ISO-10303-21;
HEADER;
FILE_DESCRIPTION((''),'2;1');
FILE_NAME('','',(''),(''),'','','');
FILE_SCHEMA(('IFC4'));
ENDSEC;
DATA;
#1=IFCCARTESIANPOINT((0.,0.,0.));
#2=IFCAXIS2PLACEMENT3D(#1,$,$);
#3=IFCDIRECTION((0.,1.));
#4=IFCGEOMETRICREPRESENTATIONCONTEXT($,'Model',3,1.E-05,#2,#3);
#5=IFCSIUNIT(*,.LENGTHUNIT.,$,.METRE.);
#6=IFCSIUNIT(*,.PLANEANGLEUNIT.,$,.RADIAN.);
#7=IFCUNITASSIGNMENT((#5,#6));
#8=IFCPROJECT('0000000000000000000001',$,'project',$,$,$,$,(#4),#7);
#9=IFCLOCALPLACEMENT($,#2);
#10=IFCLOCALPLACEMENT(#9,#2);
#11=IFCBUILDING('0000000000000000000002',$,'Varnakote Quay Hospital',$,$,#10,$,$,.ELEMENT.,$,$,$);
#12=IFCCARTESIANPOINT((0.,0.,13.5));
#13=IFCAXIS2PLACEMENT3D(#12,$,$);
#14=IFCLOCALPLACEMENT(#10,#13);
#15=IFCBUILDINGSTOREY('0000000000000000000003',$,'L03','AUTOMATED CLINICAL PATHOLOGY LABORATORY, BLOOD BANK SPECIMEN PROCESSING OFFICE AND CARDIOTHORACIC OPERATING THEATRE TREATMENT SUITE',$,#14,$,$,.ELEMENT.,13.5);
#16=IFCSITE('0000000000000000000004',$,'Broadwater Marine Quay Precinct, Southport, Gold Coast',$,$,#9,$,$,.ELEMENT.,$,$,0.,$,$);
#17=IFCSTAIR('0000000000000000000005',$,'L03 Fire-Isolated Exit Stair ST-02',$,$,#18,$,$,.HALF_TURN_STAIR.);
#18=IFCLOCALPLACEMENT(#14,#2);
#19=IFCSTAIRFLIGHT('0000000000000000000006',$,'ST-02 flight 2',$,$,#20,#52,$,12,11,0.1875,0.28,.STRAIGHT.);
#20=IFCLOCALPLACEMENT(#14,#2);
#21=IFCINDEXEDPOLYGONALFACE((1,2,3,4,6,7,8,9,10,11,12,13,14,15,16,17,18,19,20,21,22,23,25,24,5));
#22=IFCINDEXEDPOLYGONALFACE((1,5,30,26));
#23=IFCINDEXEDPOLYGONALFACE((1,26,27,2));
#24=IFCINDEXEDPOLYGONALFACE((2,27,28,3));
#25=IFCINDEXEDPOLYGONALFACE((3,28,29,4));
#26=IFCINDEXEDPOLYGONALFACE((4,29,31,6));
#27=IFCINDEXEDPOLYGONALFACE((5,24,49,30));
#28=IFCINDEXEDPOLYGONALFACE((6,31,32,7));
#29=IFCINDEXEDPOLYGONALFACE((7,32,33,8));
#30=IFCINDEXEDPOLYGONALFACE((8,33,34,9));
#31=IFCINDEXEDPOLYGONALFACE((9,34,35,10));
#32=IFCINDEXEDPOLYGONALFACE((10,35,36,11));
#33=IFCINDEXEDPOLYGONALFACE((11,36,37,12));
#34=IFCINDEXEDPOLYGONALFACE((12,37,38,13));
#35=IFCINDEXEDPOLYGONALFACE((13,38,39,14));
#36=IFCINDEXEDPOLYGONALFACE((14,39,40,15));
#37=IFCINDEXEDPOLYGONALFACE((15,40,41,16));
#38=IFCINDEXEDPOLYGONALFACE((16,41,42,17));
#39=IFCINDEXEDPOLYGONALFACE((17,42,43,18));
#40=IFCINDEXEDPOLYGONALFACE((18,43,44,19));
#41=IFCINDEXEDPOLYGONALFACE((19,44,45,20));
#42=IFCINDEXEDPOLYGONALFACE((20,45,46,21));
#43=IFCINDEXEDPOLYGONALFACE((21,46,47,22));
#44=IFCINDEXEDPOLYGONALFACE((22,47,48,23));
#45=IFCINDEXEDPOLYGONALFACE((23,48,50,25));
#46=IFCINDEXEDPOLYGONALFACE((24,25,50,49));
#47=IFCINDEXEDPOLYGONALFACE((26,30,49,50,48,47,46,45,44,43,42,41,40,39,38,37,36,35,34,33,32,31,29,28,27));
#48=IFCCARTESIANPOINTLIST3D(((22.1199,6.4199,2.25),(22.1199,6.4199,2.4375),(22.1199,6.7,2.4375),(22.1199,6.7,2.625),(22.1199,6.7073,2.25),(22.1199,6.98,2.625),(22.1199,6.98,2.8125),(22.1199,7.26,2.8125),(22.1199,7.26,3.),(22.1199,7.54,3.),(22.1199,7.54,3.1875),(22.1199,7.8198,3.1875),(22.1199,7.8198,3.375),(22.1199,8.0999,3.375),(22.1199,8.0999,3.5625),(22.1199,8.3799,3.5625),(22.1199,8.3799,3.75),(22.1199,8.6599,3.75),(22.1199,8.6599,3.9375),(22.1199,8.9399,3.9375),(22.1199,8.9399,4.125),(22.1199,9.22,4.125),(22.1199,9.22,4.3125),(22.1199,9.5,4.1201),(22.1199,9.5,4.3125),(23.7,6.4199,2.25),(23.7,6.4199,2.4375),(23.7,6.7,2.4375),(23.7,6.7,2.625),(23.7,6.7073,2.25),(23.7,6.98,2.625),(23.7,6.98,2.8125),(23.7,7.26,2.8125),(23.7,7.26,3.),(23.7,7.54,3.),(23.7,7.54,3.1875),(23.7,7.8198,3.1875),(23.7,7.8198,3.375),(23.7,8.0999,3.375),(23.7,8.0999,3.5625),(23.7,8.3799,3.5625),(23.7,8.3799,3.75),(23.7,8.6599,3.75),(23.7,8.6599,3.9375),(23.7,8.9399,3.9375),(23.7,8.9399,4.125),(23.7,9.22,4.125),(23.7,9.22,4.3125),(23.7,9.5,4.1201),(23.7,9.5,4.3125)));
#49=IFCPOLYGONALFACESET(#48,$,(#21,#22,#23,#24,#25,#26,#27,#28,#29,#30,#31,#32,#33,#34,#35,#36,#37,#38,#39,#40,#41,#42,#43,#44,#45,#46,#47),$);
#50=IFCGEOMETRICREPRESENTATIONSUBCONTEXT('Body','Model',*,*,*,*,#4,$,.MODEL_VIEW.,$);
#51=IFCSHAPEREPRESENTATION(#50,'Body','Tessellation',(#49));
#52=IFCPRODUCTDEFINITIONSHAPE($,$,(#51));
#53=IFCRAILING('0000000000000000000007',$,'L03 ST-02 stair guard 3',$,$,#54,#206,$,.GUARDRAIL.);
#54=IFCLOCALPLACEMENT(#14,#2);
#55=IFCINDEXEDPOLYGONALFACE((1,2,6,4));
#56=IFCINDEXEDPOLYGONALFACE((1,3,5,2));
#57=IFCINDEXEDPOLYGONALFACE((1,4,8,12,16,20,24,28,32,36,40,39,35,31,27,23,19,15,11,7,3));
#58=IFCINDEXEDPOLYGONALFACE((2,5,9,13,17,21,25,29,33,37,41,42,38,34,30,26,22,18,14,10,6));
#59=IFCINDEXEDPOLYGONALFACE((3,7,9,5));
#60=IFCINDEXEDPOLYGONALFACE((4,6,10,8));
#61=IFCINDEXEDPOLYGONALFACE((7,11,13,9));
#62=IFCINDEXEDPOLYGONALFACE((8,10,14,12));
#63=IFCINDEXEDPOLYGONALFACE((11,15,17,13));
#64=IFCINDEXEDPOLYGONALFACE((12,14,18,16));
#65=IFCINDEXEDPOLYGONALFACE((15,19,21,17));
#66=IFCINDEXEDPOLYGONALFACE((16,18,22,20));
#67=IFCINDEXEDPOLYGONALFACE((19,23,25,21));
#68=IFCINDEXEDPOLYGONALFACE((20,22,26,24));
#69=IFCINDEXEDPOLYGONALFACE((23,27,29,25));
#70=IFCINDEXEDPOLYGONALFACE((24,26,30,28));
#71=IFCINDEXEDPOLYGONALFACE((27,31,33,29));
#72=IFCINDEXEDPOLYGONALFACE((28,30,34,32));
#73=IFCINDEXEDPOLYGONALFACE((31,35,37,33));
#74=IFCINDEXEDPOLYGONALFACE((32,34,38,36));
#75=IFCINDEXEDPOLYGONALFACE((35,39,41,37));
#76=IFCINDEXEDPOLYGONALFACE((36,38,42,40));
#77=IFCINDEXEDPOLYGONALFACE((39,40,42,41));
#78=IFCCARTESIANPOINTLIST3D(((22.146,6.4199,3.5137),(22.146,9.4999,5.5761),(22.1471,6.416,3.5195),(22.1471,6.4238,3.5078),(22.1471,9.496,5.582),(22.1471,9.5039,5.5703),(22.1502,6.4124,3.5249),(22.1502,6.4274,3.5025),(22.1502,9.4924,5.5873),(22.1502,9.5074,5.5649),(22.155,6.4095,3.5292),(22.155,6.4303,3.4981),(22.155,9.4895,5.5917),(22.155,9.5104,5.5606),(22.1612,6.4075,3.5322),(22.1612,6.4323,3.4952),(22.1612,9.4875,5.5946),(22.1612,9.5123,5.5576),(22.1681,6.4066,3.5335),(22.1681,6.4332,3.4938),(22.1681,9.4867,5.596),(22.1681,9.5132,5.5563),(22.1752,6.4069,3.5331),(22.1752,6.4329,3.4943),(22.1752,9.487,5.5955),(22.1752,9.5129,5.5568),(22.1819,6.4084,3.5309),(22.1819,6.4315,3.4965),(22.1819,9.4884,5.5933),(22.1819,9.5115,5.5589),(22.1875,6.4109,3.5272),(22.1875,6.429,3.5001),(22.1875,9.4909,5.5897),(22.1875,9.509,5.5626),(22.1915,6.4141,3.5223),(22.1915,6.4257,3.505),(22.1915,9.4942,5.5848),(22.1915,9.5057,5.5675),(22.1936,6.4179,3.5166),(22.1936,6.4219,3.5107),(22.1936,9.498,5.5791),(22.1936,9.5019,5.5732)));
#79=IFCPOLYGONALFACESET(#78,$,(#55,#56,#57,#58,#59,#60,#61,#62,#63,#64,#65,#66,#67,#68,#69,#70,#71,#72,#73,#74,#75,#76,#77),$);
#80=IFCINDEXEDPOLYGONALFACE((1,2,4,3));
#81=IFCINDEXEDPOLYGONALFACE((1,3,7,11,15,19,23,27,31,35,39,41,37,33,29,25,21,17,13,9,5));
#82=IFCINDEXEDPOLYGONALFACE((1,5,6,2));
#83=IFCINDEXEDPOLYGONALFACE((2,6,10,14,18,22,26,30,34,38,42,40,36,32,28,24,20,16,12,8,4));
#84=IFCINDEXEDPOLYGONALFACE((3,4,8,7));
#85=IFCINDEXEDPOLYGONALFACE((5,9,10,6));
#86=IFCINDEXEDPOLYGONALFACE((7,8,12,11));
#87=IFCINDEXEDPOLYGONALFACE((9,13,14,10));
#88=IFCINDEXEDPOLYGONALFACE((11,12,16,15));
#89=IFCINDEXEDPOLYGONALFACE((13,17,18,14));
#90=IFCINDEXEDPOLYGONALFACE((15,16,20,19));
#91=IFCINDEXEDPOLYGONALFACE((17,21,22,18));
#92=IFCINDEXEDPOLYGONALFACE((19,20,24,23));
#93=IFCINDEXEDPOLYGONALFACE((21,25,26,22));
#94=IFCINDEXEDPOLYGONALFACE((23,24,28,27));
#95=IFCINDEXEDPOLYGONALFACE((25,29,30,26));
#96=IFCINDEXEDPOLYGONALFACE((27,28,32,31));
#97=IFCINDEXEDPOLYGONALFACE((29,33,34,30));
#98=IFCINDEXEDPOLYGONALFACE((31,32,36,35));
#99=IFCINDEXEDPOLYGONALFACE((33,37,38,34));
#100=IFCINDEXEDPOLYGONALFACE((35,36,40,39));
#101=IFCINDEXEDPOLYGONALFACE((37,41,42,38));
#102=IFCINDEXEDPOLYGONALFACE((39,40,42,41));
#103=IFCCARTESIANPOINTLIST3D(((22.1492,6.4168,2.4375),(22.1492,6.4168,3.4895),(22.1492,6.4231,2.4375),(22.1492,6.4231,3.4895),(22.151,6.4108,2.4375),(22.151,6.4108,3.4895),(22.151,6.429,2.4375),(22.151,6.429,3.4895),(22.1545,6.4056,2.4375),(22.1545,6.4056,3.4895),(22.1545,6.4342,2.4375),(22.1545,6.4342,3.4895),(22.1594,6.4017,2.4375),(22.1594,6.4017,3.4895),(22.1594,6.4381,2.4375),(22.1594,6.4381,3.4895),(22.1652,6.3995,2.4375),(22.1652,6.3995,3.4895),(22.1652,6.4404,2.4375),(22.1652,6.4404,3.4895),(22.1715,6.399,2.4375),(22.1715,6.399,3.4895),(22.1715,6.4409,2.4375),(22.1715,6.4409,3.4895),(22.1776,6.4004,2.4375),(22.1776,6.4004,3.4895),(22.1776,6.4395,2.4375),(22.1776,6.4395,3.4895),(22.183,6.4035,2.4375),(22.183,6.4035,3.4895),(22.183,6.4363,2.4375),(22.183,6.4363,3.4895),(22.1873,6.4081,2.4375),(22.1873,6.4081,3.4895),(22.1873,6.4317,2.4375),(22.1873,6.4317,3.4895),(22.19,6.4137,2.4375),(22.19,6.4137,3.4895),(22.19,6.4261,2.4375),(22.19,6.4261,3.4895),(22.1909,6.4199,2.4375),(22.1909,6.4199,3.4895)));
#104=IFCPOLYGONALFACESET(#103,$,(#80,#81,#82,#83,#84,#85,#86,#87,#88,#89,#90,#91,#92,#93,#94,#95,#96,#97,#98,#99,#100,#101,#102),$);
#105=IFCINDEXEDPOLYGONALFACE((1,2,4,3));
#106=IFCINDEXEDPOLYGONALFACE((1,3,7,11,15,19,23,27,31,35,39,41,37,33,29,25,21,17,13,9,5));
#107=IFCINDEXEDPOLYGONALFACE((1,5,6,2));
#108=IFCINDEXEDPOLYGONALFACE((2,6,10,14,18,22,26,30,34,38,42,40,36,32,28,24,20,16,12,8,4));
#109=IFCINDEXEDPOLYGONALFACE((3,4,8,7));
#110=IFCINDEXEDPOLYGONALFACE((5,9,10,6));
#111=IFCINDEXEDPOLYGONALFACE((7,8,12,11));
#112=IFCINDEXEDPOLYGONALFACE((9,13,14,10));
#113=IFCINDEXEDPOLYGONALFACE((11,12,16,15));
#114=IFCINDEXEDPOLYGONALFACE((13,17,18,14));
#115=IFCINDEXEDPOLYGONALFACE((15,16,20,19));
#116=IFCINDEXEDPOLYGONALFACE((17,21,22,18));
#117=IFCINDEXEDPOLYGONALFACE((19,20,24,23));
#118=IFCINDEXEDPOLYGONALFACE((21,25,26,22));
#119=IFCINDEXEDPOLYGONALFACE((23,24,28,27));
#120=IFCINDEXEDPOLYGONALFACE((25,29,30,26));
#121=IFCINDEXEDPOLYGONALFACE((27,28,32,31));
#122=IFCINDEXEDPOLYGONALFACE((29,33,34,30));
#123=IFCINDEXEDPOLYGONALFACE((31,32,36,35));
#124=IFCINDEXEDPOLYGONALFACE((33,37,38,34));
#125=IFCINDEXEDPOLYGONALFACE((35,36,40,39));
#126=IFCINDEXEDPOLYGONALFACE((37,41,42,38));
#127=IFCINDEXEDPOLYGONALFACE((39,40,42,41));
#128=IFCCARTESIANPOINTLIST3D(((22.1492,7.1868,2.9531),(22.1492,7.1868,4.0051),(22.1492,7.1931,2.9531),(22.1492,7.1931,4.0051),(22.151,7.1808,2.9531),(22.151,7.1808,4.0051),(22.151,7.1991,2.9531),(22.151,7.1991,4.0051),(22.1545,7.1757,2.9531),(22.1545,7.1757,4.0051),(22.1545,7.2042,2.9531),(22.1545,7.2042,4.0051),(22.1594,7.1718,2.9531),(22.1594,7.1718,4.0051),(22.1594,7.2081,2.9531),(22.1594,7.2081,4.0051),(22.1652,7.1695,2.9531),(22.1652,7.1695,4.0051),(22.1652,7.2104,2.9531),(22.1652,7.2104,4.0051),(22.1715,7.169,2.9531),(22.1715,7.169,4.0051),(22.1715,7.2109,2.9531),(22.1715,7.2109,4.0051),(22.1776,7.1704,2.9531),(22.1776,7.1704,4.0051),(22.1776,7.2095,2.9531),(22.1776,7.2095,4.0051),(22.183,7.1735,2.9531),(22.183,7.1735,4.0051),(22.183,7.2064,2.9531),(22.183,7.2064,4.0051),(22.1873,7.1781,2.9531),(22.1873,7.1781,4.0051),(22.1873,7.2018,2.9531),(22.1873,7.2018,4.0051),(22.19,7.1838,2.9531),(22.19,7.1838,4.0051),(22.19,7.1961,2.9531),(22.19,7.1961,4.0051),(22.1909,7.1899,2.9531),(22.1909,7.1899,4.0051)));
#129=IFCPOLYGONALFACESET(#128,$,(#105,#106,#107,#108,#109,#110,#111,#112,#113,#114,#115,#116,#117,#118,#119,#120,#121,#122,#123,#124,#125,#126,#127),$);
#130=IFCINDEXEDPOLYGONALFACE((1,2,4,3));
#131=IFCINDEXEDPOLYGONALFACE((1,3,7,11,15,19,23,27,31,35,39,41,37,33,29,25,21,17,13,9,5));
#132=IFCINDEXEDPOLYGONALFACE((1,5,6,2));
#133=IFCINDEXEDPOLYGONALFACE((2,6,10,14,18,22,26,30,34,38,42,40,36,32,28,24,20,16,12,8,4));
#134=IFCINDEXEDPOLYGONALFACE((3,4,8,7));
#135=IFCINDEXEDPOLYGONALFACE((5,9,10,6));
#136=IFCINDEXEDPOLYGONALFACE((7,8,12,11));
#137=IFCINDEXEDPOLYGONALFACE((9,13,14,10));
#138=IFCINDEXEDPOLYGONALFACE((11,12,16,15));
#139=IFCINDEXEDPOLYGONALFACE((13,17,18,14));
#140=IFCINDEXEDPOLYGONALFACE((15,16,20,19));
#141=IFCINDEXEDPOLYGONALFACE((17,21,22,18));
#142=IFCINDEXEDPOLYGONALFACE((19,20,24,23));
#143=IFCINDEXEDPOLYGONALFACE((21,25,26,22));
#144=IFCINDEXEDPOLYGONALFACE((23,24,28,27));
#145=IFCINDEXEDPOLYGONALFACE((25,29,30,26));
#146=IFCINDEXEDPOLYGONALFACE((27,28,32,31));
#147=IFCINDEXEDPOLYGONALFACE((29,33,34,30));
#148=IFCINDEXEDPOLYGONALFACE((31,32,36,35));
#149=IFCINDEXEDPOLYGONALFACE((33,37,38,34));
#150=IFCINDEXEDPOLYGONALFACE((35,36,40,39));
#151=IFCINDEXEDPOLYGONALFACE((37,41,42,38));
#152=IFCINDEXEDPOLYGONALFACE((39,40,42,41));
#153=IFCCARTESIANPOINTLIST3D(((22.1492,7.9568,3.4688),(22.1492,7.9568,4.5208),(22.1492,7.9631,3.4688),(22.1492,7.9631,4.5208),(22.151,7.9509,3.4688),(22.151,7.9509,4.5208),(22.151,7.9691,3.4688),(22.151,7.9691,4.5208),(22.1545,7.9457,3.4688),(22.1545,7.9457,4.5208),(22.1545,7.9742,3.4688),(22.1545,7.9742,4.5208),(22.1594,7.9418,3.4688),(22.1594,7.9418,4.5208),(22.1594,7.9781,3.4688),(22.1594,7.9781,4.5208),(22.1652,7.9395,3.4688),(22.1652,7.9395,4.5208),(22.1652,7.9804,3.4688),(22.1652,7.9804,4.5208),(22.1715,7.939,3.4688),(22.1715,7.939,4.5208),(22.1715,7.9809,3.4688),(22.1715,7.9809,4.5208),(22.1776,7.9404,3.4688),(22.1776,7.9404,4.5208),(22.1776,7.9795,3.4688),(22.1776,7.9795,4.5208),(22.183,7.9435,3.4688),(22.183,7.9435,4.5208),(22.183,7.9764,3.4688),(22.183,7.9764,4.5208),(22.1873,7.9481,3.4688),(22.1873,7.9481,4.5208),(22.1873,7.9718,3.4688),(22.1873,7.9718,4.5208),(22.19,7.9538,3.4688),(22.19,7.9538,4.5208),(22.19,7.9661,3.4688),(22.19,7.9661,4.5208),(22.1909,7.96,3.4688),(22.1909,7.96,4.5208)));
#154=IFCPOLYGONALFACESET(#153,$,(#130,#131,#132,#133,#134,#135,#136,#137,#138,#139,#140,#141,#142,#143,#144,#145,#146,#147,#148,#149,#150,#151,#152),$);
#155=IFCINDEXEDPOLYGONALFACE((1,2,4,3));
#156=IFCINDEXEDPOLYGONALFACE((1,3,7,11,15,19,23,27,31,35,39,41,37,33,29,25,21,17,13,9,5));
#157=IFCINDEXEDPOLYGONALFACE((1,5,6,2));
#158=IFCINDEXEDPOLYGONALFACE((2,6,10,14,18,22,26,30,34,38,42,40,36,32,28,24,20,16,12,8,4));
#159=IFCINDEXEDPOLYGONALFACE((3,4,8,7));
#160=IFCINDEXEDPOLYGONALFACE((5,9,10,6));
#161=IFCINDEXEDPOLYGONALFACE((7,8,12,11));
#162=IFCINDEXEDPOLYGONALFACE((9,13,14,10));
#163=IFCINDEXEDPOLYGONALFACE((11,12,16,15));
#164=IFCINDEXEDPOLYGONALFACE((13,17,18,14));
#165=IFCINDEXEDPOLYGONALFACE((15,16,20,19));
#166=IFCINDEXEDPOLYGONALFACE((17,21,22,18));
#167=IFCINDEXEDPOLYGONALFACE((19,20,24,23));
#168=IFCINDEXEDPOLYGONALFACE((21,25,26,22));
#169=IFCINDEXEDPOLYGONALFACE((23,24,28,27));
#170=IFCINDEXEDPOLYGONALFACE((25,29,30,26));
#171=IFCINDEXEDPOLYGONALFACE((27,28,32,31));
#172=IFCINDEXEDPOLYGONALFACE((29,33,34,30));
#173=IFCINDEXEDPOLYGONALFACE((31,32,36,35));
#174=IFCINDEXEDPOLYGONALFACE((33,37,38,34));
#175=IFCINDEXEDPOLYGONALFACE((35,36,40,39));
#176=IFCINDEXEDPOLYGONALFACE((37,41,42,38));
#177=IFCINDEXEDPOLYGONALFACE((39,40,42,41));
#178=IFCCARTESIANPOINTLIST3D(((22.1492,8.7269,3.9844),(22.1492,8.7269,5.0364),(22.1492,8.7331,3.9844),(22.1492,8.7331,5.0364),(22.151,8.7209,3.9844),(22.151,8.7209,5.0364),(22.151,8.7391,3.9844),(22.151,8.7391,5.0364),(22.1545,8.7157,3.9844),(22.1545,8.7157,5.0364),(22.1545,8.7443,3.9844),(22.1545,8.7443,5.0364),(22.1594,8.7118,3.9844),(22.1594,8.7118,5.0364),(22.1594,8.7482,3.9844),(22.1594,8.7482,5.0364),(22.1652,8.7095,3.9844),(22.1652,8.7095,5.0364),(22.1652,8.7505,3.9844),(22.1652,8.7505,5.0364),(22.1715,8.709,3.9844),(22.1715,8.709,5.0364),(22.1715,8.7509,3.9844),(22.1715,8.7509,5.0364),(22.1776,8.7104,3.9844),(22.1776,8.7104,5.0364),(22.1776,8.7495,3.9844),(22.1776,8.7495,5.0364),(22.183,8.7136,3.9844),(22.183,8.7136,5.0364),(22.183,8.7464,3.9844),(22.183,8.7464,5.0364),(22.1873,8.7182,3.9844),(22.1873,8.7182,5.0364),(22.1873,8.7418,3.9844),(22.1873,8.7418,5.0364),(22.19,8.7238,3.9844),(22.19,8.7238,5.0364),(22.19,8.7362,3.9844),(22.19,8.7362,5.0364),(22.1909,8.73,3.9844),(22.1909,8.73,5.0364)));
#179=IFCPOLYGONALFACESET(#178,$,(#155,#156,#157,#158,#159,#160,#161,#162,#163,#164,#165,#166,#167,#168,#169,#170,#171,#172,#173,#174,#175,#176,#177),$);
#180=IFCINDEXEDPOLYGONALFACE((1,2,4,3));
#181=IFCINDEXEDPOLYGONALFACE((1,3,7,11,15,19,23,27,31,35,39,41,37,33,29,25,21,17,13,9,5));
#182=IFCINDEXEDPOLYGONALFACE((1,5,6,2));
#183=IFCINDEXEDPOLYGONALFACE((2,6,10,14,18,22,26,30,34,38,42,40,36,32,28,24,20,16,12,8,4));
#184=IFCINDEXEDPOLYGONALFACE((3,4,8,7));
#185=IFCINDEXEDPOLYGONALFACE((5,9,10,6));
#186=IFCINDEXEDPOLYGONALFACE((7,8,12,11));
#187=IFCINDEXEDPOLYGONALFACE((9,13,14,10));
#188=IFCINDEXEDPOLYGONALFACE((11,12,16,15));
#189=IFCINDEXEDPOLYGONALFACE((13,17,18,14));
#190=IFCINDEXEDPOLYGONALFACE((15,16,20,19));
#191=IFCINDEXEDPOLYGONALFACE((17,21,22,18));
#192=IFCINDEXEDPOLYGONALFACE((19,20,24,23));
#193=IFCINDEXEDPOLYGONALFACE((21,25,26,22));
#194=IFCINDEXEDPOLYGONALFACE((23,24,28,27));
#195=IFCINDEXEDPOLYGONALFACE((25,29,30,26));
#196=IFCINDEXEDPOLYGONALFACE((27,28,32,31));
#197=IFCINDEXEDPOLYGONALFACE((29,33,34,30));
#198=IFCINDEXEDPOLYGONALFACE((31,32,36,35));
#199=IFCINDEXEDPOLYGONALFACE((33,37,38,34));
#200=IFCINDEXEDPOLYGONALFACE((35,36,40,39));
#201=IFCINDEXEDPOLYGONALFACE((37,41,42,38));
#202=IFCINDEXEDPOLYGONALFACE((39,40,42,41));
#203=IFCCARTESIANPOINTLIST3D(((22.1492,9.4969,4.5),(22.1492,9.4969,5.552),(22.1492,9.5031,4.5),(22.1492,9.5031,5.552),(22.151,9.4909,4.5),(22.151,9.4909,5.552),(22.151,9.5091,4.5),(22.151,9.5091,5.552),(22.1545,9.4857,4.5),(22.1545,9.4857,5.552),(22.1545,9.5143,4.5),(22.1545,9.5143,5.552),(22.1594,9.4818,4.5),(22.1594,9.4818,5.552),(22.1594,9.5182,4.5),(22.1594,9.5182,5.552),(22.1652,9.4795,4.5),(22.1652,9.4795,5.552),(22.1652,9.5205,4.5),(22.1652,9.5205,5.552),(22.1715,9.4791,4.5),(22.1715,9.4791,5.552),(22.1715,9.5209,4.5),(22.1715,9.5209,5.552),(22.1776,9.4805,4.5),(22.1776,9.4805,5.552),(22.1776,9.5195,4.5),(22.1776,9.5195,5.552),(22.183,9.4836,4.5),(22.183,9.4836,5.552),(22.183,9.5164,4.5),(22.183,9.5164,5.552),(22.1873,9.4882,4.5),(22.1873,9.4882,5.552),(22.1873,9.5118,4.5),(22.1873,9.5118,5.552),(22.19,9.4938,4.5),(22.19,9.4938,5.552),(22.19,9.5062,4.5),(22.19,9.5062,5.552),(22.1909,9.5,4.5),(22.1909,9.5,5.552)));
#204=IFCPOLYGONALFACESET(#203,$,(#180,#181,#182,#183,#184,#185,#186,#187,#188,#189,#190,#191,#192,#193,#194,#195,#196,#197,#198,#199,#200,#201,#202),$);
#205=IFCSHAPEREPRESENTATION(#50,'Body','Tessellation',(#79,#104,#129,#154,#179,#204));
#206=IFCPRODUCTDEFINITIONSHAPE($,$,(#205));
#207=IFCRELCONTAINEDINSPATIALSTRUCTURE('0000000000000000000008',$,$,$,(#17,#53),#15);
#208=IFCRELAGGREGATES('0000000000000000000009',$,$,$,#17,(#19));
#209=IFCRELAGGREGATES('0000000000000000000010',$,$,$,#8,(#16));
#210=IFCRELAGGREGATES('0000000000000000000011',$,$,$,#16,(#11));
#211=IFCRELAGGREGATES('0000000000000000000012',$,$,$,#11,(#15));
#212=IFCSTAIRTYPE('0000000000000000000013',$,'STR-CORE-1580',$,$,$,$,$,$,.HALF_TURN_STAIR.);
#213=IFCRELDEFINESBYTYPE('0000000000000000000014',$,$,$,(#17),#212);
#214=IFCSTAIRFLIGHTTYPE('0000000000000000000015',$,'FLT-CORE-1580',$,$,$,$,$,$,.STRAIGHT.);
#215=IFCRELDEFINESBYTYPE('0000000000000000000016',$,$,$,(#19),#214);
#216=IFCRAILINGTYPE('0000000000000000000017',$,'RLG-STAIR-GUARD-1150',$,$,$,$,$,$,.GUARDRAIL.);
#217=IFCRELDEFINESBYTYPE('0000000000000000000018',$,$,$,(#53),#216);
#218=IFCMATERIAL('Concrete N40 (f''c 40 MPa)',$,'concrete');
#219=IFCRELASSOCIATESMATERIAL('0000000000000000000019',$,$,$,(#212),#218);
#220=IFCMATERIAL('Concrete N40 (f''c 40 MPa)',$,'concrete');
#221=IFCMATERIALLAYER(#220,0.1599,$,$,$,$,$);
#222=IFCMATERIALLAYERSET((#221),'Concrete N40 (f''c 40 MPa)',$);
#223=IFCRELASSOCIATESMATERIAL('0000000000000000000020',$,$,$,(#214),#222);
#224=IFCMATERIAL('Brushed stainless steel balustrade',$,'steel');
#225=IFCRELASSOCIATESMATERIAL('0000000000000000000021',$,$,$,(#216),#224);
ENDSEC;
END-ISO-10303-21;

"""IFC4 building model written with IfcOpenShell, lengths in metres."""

from ifc_helpers import new_model, si_unit, direction, frame, origin, origin_2d, place, context, subcontext, project, spatial, polyline, circle, outline, extrude, material, layer, layer_set, type_object, element, aggregate, save


model = new_model("IFC4")

# Units and contexts
model_context = context("Model", 3, precision=1e-05, world=origin(), true_north=direction((0.0, 1.0)))
body_context = subcontext(model_context, "Body", "Model", "MODEL_VIEW")
ifc_project = project(units=[si_unit("LENGTHUNIT", "METRE"), si_unit("PLANEANGLEUNIT", "RADIAN")], contexts=[model_context])

# Site, building, storey
site_placement = place(None, origin())
site = spatial("IfcSite", under=ifc_project, at=site_placement, Name="Broadwater Marine Quay Precinct, Southport, Gold Coast", CompositionType="ELEMENT", RefElevation=0.0)
building_placement = place(site_placement, origin())
building = spatial("IfcBuilding", under=site, at=building_placement, Name="Varnakote Quay Hospital", CompositionType="ELEMENT")
storey_placement = place(building_placement, frame((0.0, 0.0, 13.5)))
storey = spatial("IfcBuildingStorey", under=building, at=storey_placement, Name="L03", Description="AUTOMATED CLINICAL PATHOLOGY LABORATORY, BLOOD BANK SPECIMEN PROCESSING OFFICE AND CARDIOTHORACIC OPERATING THEATRE TREATMENT SUITE", CompositionType="ELEMENT", Elevation=13.5)

# Stair, stair flight
ifc_material_1 = material(Name="Concrete N40 (f'c 40 MPa)", Category="concrete")
stair_type = type_object("IfcStairType", Name="STR-CORE-1580", PredefinedType="HALF_TURN_STAIR", material=ifc_material_1)
stair_placement = place(storey_placement, origin())
stair = element("IfcStair", 1, at=stair_placement, inside=storey, type_object=stair_type, Name="L03 Fire-Isolated Exit Stair ST-02", PredefinedType="HALF_TURN_STAIR")
ifc_material_2 = material(Name="Concrete N40 (f'c 40 MPa)", Category="concrete")
ifc_layer_1 = layer(ifc_material_2, 0.1599)
ifc_layer_set_1 = layer_set([ifc_layer_1], Name="Concrete N40 (f'c 40 MPa)")
stair_flight_type = type_object("IfcStairFlightType", Name="FLT-CORE-1580", PredefinedType="STRAIGHT", material=ifc_layer_set_1)
stair_flight_placement = place(storey_placement, frame((22.9099, 6.4199, 2.25), z_axis=(0.0, 0.0, 1.0), x_axis=(0.0, 1.0, 0.0)))
stair_flight = element("IfcStairFlight", 2, at=stair_flight_placement, type_object=stair_flight_type, Name="ST-02 flight 2", NumberOfRisers=12, NumberOfTreads=11, PredefinedType="STRAIGHT", RiserHeight=0.1875, TreadLength=0.28, context=body_context, shape_type="SweptSolid", body=[
    extrude(outline(polyline([(0.0, 0.0), (0.0, 0.1875), (0.28, 0.1875), (0.28, 0.375), (0.5601, 0.375), (0.5601, 0.5625), (0.8401, 0.5625), (0.8401, 0.75), (1.1201, 0.75), (1.1201, 0.9375), (1.3999, 0.9375), (1.3999, 1.125), (1.6799, 1.125), (1.6799, 1.3125), (1.96, 1.3125), (1.96, 1.5), (2.24, 1.5), (2.24, 1.6875), (2.52, 1.6875), (2.52, 1.875), (2.8, 1.875), (2.8, 2.0625), (3.0801, 2.0625), (3.0801, 2.25), (3.0801, 1.8701), (0.2874, 0.0), (0.0, 0.0)])), frame((0.0, 0.79, 0.0), z_axis=(0.0, -1.0, 0.0), x_axis=(1.0, 0.0, 0.0)), (0.0, 0.0, 1.0), 1.5801),
])
aggregate(stair, [stair_flight])

# Railing
ifc_material_3 = material(Name="Brushed stainless steel balustrade", Category="steel")
railing_type_1 = type_object("IfcRailingType", Name="RLG-STAIR-GUARD-1150", PredefinedType="GUARDRAIL", material=ifc_material_3)
railing_1_placement = place(storey_placement, frame((22.1699, 6.4199, 2.4375)))
element("IfcRailing", 3, at=railing_1_placement, inside=storey, type_object=railing_type_1, Name="L03 ST-02 stair guard 3", PredefinedType="GUARDRAIL", context=body_context, shape_type="SweptSolid", body=[
    extrude(circle(Radius=0.0239, at=origin_2d()), frame((0.0, 0.0, 1.0762), z_axis=(0.0, 0.830914, 0.556401), x_axis=(-1.0, 0.0, 0.0)), (0.0, 0.0, 1.0), 3.7068),
    extrude(circle(Radius=0.021, at=origin_2d()), origin(), (0.0, 0.0, 1.0), 1.052),
    extrude(circle(Radius=0.021, at=origin_2d()), frame((0.0, 0.77, 0.5156)), (0.0, 0.0, 1.0), 1.052),
    extrude(circle(Radius=0.021, at=origin_2d()), frame((0.0, 1.54, 1.0312)), (0.0, 0.0, 1.0), 1.052),
    extrude(circle(Radius=0.021, at=origin_2d()), frame((0.0, 2.3101, 1.5469)), (0.0, 0.0, 1.0), 1.052),
    extrude(circle(Radius=0.021, at=origin_2d()), frame((0.0, 3.0801, 2.0625)), (0.0, 0.0, 1.0), 1.052),
])

save(model, "model.ifc")
